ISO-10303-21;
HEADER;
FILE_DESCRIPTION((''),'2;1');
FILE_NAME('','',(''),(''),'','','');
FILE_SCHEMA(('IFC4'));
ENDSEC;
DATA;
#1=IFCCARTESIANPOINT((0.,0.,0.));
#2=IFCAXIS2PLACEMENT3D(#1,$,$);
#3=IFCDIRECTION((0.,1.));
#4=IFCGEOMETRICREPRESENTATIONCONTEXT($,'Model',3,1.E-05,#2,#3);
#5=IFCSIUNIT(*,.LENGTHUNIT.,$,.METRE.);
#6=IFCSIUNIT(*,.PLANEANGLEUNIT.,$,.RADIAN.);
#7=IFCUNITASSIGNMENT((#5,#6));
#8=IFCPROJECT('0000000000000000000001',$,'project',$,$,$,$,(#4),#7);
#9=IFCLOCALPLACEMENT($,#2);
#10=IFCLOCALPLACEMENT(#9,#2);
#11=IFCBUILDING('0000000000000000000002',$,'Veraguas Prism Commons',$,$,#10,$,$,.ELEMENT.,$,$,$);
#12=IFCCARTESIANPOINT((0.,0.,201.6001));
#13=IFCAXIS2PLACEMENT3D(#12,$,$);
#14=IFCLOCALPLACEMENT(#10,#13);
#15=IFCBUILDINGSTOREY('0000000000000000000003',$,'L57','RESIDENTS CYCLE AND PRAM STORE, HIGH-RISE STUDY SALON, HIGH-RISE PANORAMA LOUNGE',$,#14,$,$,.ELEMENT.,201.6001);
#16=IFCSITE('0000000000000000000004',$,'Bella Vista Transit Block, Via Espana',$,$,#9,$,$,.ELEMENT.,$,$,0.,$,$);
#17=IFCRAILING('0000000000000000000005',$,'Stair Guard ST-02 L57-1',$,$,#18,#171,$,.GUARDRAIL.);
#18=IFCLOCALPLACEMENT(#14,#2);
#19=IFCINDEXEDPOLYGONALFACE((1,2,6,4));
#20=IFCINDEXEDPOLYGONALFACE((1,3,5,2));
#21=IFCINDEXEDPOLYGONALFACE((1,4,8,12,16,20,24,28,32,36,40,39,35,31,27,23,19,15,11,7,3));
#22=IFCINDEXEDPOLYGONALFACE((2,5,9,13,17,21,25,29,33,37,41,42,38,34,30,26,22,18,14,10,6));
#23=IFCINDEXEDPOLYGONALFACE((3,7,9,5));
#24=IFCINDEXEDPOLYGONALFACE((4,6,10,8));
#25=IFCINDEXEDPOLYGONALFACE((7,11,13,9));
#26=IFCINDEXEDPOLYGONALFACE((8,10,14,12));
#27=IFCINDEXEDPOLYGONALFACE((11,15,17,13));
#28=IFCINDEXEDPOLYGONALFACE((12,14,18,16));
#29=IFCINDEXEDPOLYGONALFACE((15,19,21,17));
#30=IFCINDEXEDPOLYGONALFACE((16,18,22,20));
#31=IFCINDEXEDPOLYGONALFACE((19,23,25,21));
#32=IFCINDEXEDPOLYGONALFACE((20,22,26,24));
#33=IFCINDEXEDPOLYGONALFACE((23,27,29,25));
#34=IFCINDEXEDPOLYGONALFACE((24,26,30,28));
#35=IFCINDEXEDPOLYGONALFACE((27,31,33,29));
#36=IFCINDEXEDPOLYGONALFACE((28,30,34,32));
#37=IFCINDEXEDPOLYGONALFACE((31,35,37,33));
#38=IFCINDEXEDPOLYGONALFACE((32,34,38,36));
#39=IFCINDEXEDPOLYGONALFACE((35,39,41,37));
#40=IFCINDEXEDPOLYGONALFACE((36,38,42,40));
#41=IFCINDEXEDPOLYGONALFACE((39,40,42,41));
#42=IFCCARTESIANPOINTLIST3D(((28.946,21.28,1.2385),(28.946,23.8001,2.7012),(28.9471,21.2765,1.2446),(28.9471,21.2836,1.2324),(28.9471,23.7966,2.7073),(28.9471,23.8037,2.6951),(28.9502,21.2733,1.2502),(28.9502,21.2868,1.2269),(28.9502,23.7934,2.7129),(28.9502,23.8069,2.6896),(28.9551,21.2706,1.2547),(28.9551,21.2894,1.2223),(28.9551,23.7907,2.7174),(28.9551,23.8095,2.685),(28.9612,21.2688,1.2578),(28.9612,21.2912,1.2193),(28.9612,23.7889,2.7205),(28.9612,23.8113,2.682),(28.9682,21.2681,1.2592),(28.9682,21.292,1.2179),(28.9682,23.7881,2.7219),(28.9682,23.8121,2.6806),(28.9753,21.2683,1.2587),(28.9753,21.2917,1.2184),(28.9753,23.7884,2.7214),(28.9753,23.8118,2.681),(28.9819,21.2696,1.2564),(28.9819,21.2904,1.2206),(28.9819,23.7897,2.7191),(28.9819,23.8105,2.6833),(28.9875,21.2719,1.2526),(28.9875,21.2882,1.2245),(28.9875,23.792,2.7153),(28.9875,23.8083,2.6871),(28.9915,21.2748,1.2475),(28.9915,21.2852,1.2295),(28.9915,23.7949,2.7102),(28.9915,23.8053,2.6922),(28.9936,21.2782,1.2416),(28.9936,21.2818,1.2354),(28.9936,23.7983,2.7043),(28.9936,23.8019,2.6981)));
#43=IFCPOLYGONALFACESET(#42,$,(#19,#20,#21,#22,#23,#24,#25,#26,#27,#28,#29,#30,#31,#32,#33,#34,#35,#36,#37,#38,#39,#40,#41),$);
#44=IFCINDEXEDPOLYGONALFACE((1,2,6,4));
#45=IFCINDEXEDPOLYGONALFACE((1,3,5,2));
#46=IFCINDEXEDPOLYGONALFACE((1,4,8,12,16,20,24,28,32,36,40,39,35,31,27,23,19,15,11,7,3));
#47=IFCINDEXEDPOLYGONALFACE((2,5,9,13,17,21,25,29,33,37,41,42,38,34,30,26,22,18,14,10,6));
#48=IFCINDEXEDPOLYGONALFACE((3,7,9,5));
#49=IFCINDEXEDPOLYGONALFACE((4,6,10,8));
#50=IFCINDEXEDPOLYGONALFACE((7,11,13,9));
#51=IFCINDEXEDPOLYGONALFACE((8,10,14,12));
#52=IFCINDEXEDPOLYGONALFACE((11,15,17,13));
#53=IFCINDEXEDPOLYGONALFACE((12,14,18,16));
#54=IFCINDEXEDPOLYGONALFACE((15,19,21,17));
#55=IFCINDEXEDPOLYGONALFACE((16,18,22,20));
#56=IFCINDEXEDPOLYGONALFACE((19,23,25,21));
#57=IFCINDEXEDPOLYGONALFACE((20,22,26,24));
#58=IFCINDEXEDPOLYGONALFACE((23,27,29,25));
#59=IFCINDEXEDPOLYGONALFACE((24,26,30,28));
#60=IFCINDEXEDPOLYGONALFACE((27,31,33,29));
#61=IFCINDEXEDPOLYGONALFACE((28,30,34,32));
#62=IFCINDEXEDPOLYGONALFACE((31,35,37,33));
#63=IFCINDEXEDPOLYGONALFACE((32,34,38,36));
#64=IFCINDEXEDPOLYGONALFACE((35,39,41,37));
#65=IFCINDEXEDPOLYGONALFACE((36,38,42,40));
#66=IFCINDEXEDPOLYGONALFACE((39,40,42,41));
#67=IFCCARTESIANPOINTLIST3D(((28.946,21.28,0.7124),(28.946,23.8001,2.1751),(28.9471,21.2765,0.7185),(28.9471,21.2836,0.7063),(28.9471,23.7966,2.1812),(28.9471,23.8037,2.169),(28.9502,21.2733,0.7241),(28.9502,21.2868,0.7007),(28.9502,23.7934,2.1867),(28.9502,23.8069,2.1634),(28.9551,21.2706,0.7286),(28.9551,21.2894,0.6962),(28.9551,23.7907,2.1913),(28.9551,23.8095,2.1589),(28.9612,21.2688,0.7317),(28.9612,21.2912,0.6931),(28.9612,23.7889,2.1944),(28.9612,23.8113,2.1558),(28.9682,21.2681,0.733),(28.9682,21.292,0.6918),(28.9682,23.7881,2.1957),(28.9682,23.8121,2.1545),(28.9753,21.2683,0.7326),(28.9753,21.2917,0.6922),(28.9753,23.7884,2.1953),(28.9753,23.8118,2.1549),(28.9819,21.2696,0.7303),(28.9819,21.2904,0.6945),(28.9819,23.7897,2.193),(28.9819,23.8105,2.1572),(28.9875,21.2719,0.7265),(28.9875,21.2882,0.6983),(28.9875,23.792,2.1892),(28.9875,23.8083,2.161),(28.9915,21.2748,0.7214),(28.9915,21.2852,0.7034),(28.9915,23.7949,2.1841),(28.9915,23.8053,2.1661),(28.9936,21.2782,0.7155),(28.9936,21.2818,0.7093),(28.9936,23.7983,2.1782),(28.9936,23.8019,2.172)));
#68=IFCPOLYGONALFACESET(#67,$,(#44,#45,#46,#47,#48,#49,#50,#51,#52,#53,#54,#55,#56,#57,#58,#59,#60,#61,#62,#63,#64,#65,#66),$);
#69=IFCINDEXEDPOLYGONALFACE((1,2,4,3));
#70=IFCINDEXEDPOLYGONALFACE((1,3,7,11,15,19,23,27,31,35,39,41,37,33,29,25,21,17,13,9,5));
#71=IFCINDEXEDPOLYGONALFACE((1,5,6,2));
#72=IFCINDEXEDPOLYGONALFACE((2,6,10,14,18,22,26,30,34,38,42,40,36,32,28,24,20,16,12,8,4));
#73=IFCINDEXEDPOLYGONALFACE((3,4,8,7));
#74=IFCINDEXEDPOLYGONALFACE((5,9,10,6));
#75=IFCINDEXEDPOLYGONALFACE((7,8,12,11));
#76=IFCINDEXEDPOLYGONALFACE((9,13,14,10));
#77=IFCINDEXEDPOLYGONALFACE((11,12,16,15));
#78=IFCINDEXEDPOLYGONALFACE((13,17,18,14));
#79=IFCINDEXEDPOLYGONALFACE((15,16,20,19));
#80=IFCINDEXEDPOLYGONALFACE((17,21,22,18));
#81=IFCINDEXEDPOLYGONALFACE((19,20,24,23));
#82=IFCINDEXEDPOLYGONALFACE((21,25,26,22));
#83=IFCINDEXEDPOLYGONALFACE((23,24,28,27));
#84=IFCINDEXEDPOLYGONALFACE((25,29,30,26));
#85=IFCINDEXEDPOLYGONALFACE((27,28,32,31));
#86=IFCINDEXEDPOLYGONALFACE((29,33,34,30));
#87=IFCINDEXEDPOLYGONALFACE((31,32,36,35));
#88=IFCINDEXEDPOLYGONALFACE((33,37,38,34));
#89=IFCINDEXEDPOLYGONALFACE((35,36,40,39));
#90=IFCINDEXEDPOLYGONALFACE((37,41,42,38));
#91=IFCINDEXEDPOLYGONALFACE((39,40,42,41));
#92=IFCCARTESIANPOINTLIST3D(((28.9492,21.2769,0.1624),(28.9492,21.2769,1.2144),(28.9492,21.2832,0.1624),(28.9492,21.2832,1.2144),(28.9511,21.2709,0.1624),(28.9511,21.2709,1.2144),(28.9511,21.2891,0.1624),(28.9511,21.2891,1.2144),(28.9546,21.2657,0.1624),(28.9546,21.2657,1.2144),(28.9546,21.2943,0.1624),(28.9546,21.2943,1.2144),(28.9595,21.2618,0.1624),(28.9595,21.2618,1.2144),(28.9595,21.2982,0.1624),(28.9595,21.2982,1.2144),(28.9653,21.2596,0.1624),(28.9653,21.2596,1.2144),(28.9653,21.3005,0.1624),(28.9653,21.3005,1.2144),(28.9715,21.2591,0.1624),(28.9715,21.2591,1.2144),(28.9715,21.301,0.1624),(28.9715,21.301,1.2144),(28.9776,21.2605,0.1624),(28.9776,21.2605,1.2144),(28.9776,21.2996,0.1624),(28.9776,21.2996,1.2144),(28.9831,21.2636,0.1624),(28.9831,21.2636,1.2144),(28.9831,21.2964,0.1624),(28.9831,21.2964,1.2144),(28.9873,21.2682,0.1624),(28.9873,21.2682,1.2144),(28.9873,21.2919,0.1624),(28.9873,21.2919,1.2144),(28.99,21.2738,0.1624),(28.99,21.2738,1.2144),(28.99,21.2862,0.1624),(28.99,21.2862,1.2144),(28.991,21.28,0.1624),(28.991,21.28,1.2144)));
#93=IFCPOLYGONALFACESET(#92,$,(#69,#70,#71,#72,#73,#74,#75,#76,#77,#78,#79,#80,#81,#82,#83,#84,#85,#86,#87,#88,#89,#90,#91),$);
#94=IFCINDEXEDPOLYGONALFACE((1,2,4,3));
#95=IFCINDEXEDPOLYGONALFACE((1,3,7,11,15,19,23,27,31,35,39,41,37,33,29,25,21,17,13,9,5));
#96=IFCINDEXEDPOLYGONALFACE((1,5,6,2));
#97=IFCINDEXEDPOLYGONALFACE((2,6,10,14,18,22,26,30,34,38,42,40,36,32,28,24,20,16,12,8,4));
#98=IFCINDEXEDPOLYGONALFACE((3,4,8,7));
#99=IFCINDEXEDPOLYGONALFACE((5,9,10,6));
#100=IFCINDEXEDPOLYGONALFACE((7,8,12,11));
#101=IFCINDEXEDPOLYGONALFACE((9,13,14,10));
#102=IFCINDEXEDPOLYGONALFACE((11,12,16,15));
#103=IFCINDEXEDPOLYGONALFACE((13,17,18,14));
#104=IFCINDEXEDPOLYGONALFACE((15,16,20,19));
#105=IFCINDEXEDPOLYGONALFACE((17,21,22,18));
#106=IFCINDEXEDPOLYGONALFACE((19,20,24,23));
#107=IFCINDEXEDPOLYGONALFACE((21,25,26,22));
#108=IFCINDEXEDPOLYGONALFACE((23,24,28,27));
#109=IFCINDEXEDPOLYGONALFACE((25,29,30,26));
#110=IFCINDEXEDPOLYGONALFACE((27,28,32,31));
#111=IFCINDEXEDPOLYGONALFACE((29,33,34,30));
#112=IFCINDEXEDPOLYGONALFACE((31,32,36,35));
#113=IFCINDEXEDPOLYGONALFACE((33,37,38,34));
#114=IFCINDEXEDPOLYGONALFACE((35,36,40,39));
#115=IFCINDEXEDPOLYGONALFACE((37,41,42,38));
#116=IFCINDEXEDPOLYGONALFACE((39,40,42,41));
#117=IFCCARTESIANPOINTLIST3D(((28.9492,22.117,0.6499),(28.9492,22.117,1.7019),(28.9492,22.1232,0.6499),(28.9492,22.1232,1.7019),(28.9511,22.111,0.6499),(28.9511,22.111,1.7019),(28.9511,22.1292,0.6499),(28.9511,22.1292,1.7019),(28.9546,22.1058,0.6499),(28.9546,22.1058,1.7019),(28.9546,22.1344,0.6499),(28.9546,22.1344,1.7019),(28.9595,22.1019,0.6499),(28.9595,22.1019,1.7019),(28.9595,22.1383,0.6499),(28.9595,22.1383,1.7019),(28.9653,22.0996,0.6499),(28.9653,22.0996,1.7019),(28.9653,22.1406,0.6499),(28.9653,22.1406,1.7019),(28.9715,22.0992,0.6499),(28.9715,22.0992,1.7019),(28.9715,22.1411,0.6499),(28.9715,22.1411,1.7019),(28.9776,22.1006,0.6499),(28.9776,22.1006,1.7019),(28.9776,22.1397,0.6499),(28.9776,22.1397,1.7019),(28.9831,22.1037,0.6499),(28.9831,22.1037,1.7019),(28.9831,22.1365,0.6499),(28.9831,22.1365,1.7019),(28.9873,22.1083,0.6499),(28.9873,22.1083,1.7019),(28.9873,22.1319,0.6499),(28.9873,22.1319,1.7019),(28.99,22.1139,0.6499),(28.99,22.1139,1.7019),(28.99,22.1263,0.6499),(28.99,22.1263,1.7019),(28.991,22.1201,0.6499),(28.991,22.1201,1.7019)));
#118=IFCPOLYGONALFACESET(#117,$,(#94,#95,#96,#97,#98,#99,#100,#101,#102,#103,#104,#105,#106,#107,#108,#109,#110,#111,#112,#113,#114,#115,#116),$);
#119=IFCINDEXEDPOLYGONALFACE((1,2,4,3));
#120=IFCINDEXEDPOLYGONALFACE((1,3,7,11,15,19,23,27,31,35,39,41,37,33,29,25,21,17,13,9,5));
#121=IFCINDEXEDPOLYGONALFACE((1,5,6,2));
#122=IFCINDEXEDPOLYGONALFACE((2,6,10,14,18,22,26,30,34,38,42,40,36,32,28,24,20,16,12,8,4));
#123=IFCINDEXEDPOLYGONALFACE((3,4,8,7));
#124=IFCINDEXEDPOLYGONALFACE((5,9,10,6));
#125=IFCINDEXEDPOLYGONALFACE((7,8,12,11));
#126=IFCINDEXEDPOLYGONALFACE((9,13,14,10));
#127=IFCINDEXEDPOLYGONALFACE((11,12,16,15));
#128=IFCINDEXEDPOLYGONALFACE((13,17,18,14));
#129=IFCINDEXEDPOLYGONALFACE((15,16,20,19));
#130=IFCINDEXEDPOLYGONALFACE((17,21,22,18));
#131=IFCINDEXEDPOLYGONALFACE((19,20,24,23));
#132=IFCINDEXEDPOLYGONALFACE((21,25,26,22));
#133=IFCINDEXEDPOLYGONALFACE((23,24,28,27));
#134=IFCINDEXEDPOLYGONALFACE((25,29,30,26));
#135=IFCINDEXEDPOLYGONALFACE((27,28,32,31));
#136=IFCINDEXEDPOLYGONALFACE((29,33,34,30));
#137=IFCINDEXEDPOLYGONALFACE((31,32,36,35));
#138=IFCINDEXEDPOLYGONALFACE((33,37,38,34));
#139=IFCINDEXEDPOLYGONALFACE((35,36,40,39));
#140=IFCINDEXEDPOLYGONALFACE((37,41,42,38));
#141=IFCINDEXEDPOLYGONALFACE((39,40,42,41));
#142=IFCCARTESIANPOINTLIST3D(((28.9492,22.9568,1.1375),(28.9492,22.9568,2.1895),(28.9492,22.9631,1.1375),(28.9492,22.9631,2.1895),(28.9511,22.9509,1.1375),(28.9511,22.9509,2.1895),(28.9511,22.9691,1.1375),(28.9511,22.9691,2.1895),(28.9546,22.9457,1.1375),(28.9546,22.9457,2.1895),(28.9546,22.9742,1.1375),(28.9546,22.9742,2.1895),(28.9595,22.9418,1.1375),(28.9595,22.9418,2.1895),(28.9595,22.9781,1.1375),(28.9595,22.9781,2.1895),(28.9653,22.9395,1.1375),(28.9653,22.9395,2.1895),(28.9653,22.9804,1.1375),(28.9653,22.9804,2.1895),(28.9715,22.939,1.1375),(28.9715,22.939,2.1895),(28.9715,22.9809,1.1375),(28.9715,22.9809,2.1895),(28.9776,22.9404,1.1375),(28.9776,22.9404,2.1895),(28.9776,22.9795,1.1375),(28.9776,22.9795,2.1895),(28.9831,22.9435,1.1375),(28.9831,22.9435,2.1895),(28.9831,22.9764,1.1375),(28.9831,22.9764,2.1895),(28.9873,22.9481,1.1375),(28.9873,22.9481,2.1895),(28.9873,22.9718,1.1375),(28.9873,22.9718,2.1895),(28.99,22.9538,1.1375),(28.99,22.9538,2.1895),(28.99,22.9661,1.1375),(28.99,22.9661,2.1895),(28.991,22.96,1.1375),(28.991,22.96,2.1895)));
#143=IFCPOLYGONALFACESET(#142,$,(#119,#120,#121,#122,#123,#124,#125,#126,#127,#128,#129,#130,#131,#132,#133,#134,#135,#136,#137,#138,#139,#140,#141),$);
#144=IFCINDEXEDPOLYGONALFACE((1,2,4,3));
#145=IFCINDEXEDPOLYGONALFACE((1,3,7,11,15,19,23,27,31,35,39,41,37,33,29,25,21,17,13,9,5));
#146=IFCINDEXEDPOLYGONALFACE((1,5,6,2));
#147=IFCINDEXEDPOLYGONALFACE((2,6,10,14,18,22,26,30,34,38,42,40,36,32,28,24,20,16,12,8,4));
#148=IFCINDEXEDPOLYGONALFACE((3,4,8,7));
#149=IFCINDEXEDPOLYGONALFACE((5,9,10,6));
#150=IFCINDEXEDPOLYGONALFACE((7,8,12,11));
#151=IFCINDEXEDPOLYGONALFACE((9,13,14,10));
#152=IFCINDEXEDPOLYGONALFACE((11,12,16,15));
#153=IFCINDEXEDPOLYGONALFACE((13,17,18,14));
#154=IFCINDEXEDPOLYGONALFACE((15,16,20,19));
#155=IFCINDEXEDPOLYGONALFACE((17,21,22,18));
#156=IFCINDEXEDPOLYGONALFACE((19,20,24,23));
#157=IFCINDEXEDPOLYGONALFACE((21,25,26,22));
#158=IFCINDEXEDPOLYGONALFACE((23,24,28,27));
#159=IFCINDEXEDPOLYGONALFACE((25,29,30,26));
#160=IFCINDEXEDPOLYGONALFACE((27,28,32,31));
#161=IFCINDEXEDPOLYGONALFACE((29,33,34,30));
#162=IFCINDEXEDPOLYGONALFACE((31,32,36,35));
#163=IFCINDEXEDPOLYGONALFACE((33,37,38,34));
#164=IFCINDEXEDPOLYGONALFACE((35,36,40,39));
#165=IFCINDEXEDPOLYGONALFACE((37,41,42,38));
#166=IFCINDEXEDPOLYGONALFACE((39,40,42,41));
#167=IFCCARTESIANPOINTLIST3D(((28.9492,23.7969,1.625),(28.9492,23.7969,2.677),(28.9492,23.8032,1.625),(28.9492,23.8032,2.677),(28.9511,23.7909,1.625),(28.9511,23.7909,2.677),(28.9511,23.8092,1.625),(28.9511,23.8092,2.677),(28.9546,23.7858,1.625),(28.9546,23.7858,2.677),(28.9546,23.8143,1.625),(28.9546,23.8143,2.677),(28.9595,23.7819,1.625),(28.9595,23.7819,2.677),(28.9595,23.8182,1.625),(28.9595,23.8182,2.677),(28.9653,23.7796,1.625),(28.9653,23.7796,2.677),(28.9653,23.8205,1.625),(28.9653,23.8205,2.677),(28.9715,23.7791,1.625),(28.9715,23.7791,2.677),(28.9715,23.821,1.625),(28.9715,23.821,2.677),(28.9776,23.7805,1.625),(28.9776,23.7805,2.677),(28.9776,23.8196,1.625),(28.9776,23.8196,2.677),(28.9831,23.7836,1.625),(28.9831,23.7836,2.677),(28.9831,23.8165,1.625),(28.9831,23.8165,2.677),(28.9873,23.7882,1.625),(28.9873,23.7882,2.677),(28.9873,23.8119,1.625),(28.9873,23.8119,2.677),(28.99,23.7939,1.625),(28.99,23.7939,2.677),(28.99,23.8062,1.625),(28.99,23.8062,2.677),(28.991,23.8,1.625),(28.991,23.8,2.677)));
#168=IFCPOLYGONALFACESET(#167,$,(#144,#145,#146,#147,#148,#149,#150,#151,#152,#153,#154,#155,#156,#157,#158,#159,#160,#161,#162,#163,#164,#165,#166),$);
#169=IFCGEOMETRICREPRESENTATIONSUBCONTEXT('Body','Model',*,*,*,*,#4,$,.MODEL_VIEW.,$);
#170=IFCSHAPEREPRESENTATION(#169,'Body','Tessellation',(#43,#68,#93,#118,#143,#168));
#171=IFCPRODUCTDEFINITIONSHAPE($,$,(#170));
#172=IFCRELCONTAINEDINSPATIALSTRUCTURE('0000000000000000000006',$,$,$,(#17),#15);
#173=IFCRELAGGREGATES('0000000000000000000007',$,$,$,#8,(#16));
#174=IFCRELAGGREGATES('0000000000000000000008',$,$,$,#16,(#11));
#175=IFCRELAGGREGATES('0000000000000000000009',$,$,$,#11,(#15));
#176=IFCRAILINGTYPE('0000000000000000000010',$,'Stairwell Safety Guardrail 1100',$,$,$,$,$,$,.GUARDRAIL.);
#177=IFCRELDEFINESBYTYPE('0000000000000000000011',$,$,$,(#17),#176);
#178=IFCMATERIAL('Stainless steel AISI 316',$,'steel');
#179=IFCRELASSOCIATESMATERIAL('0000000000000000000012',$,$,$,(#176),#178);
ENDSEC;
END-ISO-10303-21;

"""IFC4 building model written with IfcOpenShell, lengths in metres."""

from ifc_helpers import new_model, si_unit, direction, frame, origin, origin_2d, place, context, subcontext, project, spatial, circle, extrude, material, type_object, element, save


model = new_model("IFC4")

# Units and contexts
model_context = context("Model", 3, precision=1e-05, world=origin(), true_north=direction((0.0, 1.0)))
body_context = subcontext(model_context, "Body", "Model", "MODEL_VIEW")
ifc_project = project(units=[si_unit("LENGTHUNIT", "METRE"), si_unit("PLANEANGLEUNIT", "RADIAN")], contexts=[model_context])

# Site, building, storey
site_placement = place(None, origin())
site = spatial("IfcSite", under=ifc_project, at=site_placement, Name="Bella Vista Transit Block, Via Espana", CompositionType="ELEMENT", RefElevation=0.0)
building_placement = place(site_placement, origin())
building = spatial("IfcBuilding", under=site, at=building_placement, Name="Veraguas Prism Commons", CompositionType="ELEMENT")
storey_placement = place(building_placement, frame((0.0, 0.0, 201.6001)))
storey = spatial("IfcBuildingStorey", under=building, at=storey_placement, Name="L57", Description="RESIDENTS CYCLE AND PRAM STORE, HIGH-RISE STUDY SALON, HIGH-RISE PANORAMA LOUNGE", CompositionType="ELEMENT", Elevation=201.6001)

# Railing
ifc_material_1 = material(Name="Stainless steel AISI 316", Category="steel")
railing_type_1 = type_object("IfcRailingType", Name="Stairwell Safety Guardrail 1100", PredefinedType="GUARDRAIL", material=ifc_material_1)
railing_1_placement = place(storey_placement, frame((28.97, 21.28, 0.1624)))
element("IfcRailing", 1, at=railing_1_placement, inside=storey, type_object=railing_type_1, Name="Stair Guard ST-02 L57-1", PredefinedType="GUARDRAIL", context=body_context, shape_type="SweptSolid", body=[
    extrude(circle(Radius=0.0239, at=origin_2d()), frame((0.0, 0.0, 1.0762), z_axis=(0.0, 0.864877, 0.501984), x_axis=(-1.0, 0.0, 0.0)), (0.0, 0.0, 1.0), 2.9138),
    extrude(circle(Radius=0.0239, at=origin_2d()), frame((0.0, 0.0, 0.55), z_axis=(0.0, 0.864877, 0.501984), x_axis=(-1.0, 0.0, 0.0)), (0.0, 0.0, 1.0), 2.9138),
    extrude(circle(Radius=0.021, at=origin_2d()), origin(), (0.0, 0.0, 1.0), 1.052),
    extrude(circle(Radius=0.021, at=origin_2d()), frame((0.0, 0.8401, 0.4875)), (0.0, 0.0, 1.0), 1.052),
    extrude(circle(Radius=0.021, at=origin_2d()), frame((0.0, 1.6799, 0.9751)), (0.0, 0.0, 1.0), 1.052),
    extrude(circle(Radius=0.021, at=origin_2d()), frame((0.0, 2.52, 1.4626)), (0.0, 0.0, 1.0), 1.052),
])

save(model, "model.ifc")
